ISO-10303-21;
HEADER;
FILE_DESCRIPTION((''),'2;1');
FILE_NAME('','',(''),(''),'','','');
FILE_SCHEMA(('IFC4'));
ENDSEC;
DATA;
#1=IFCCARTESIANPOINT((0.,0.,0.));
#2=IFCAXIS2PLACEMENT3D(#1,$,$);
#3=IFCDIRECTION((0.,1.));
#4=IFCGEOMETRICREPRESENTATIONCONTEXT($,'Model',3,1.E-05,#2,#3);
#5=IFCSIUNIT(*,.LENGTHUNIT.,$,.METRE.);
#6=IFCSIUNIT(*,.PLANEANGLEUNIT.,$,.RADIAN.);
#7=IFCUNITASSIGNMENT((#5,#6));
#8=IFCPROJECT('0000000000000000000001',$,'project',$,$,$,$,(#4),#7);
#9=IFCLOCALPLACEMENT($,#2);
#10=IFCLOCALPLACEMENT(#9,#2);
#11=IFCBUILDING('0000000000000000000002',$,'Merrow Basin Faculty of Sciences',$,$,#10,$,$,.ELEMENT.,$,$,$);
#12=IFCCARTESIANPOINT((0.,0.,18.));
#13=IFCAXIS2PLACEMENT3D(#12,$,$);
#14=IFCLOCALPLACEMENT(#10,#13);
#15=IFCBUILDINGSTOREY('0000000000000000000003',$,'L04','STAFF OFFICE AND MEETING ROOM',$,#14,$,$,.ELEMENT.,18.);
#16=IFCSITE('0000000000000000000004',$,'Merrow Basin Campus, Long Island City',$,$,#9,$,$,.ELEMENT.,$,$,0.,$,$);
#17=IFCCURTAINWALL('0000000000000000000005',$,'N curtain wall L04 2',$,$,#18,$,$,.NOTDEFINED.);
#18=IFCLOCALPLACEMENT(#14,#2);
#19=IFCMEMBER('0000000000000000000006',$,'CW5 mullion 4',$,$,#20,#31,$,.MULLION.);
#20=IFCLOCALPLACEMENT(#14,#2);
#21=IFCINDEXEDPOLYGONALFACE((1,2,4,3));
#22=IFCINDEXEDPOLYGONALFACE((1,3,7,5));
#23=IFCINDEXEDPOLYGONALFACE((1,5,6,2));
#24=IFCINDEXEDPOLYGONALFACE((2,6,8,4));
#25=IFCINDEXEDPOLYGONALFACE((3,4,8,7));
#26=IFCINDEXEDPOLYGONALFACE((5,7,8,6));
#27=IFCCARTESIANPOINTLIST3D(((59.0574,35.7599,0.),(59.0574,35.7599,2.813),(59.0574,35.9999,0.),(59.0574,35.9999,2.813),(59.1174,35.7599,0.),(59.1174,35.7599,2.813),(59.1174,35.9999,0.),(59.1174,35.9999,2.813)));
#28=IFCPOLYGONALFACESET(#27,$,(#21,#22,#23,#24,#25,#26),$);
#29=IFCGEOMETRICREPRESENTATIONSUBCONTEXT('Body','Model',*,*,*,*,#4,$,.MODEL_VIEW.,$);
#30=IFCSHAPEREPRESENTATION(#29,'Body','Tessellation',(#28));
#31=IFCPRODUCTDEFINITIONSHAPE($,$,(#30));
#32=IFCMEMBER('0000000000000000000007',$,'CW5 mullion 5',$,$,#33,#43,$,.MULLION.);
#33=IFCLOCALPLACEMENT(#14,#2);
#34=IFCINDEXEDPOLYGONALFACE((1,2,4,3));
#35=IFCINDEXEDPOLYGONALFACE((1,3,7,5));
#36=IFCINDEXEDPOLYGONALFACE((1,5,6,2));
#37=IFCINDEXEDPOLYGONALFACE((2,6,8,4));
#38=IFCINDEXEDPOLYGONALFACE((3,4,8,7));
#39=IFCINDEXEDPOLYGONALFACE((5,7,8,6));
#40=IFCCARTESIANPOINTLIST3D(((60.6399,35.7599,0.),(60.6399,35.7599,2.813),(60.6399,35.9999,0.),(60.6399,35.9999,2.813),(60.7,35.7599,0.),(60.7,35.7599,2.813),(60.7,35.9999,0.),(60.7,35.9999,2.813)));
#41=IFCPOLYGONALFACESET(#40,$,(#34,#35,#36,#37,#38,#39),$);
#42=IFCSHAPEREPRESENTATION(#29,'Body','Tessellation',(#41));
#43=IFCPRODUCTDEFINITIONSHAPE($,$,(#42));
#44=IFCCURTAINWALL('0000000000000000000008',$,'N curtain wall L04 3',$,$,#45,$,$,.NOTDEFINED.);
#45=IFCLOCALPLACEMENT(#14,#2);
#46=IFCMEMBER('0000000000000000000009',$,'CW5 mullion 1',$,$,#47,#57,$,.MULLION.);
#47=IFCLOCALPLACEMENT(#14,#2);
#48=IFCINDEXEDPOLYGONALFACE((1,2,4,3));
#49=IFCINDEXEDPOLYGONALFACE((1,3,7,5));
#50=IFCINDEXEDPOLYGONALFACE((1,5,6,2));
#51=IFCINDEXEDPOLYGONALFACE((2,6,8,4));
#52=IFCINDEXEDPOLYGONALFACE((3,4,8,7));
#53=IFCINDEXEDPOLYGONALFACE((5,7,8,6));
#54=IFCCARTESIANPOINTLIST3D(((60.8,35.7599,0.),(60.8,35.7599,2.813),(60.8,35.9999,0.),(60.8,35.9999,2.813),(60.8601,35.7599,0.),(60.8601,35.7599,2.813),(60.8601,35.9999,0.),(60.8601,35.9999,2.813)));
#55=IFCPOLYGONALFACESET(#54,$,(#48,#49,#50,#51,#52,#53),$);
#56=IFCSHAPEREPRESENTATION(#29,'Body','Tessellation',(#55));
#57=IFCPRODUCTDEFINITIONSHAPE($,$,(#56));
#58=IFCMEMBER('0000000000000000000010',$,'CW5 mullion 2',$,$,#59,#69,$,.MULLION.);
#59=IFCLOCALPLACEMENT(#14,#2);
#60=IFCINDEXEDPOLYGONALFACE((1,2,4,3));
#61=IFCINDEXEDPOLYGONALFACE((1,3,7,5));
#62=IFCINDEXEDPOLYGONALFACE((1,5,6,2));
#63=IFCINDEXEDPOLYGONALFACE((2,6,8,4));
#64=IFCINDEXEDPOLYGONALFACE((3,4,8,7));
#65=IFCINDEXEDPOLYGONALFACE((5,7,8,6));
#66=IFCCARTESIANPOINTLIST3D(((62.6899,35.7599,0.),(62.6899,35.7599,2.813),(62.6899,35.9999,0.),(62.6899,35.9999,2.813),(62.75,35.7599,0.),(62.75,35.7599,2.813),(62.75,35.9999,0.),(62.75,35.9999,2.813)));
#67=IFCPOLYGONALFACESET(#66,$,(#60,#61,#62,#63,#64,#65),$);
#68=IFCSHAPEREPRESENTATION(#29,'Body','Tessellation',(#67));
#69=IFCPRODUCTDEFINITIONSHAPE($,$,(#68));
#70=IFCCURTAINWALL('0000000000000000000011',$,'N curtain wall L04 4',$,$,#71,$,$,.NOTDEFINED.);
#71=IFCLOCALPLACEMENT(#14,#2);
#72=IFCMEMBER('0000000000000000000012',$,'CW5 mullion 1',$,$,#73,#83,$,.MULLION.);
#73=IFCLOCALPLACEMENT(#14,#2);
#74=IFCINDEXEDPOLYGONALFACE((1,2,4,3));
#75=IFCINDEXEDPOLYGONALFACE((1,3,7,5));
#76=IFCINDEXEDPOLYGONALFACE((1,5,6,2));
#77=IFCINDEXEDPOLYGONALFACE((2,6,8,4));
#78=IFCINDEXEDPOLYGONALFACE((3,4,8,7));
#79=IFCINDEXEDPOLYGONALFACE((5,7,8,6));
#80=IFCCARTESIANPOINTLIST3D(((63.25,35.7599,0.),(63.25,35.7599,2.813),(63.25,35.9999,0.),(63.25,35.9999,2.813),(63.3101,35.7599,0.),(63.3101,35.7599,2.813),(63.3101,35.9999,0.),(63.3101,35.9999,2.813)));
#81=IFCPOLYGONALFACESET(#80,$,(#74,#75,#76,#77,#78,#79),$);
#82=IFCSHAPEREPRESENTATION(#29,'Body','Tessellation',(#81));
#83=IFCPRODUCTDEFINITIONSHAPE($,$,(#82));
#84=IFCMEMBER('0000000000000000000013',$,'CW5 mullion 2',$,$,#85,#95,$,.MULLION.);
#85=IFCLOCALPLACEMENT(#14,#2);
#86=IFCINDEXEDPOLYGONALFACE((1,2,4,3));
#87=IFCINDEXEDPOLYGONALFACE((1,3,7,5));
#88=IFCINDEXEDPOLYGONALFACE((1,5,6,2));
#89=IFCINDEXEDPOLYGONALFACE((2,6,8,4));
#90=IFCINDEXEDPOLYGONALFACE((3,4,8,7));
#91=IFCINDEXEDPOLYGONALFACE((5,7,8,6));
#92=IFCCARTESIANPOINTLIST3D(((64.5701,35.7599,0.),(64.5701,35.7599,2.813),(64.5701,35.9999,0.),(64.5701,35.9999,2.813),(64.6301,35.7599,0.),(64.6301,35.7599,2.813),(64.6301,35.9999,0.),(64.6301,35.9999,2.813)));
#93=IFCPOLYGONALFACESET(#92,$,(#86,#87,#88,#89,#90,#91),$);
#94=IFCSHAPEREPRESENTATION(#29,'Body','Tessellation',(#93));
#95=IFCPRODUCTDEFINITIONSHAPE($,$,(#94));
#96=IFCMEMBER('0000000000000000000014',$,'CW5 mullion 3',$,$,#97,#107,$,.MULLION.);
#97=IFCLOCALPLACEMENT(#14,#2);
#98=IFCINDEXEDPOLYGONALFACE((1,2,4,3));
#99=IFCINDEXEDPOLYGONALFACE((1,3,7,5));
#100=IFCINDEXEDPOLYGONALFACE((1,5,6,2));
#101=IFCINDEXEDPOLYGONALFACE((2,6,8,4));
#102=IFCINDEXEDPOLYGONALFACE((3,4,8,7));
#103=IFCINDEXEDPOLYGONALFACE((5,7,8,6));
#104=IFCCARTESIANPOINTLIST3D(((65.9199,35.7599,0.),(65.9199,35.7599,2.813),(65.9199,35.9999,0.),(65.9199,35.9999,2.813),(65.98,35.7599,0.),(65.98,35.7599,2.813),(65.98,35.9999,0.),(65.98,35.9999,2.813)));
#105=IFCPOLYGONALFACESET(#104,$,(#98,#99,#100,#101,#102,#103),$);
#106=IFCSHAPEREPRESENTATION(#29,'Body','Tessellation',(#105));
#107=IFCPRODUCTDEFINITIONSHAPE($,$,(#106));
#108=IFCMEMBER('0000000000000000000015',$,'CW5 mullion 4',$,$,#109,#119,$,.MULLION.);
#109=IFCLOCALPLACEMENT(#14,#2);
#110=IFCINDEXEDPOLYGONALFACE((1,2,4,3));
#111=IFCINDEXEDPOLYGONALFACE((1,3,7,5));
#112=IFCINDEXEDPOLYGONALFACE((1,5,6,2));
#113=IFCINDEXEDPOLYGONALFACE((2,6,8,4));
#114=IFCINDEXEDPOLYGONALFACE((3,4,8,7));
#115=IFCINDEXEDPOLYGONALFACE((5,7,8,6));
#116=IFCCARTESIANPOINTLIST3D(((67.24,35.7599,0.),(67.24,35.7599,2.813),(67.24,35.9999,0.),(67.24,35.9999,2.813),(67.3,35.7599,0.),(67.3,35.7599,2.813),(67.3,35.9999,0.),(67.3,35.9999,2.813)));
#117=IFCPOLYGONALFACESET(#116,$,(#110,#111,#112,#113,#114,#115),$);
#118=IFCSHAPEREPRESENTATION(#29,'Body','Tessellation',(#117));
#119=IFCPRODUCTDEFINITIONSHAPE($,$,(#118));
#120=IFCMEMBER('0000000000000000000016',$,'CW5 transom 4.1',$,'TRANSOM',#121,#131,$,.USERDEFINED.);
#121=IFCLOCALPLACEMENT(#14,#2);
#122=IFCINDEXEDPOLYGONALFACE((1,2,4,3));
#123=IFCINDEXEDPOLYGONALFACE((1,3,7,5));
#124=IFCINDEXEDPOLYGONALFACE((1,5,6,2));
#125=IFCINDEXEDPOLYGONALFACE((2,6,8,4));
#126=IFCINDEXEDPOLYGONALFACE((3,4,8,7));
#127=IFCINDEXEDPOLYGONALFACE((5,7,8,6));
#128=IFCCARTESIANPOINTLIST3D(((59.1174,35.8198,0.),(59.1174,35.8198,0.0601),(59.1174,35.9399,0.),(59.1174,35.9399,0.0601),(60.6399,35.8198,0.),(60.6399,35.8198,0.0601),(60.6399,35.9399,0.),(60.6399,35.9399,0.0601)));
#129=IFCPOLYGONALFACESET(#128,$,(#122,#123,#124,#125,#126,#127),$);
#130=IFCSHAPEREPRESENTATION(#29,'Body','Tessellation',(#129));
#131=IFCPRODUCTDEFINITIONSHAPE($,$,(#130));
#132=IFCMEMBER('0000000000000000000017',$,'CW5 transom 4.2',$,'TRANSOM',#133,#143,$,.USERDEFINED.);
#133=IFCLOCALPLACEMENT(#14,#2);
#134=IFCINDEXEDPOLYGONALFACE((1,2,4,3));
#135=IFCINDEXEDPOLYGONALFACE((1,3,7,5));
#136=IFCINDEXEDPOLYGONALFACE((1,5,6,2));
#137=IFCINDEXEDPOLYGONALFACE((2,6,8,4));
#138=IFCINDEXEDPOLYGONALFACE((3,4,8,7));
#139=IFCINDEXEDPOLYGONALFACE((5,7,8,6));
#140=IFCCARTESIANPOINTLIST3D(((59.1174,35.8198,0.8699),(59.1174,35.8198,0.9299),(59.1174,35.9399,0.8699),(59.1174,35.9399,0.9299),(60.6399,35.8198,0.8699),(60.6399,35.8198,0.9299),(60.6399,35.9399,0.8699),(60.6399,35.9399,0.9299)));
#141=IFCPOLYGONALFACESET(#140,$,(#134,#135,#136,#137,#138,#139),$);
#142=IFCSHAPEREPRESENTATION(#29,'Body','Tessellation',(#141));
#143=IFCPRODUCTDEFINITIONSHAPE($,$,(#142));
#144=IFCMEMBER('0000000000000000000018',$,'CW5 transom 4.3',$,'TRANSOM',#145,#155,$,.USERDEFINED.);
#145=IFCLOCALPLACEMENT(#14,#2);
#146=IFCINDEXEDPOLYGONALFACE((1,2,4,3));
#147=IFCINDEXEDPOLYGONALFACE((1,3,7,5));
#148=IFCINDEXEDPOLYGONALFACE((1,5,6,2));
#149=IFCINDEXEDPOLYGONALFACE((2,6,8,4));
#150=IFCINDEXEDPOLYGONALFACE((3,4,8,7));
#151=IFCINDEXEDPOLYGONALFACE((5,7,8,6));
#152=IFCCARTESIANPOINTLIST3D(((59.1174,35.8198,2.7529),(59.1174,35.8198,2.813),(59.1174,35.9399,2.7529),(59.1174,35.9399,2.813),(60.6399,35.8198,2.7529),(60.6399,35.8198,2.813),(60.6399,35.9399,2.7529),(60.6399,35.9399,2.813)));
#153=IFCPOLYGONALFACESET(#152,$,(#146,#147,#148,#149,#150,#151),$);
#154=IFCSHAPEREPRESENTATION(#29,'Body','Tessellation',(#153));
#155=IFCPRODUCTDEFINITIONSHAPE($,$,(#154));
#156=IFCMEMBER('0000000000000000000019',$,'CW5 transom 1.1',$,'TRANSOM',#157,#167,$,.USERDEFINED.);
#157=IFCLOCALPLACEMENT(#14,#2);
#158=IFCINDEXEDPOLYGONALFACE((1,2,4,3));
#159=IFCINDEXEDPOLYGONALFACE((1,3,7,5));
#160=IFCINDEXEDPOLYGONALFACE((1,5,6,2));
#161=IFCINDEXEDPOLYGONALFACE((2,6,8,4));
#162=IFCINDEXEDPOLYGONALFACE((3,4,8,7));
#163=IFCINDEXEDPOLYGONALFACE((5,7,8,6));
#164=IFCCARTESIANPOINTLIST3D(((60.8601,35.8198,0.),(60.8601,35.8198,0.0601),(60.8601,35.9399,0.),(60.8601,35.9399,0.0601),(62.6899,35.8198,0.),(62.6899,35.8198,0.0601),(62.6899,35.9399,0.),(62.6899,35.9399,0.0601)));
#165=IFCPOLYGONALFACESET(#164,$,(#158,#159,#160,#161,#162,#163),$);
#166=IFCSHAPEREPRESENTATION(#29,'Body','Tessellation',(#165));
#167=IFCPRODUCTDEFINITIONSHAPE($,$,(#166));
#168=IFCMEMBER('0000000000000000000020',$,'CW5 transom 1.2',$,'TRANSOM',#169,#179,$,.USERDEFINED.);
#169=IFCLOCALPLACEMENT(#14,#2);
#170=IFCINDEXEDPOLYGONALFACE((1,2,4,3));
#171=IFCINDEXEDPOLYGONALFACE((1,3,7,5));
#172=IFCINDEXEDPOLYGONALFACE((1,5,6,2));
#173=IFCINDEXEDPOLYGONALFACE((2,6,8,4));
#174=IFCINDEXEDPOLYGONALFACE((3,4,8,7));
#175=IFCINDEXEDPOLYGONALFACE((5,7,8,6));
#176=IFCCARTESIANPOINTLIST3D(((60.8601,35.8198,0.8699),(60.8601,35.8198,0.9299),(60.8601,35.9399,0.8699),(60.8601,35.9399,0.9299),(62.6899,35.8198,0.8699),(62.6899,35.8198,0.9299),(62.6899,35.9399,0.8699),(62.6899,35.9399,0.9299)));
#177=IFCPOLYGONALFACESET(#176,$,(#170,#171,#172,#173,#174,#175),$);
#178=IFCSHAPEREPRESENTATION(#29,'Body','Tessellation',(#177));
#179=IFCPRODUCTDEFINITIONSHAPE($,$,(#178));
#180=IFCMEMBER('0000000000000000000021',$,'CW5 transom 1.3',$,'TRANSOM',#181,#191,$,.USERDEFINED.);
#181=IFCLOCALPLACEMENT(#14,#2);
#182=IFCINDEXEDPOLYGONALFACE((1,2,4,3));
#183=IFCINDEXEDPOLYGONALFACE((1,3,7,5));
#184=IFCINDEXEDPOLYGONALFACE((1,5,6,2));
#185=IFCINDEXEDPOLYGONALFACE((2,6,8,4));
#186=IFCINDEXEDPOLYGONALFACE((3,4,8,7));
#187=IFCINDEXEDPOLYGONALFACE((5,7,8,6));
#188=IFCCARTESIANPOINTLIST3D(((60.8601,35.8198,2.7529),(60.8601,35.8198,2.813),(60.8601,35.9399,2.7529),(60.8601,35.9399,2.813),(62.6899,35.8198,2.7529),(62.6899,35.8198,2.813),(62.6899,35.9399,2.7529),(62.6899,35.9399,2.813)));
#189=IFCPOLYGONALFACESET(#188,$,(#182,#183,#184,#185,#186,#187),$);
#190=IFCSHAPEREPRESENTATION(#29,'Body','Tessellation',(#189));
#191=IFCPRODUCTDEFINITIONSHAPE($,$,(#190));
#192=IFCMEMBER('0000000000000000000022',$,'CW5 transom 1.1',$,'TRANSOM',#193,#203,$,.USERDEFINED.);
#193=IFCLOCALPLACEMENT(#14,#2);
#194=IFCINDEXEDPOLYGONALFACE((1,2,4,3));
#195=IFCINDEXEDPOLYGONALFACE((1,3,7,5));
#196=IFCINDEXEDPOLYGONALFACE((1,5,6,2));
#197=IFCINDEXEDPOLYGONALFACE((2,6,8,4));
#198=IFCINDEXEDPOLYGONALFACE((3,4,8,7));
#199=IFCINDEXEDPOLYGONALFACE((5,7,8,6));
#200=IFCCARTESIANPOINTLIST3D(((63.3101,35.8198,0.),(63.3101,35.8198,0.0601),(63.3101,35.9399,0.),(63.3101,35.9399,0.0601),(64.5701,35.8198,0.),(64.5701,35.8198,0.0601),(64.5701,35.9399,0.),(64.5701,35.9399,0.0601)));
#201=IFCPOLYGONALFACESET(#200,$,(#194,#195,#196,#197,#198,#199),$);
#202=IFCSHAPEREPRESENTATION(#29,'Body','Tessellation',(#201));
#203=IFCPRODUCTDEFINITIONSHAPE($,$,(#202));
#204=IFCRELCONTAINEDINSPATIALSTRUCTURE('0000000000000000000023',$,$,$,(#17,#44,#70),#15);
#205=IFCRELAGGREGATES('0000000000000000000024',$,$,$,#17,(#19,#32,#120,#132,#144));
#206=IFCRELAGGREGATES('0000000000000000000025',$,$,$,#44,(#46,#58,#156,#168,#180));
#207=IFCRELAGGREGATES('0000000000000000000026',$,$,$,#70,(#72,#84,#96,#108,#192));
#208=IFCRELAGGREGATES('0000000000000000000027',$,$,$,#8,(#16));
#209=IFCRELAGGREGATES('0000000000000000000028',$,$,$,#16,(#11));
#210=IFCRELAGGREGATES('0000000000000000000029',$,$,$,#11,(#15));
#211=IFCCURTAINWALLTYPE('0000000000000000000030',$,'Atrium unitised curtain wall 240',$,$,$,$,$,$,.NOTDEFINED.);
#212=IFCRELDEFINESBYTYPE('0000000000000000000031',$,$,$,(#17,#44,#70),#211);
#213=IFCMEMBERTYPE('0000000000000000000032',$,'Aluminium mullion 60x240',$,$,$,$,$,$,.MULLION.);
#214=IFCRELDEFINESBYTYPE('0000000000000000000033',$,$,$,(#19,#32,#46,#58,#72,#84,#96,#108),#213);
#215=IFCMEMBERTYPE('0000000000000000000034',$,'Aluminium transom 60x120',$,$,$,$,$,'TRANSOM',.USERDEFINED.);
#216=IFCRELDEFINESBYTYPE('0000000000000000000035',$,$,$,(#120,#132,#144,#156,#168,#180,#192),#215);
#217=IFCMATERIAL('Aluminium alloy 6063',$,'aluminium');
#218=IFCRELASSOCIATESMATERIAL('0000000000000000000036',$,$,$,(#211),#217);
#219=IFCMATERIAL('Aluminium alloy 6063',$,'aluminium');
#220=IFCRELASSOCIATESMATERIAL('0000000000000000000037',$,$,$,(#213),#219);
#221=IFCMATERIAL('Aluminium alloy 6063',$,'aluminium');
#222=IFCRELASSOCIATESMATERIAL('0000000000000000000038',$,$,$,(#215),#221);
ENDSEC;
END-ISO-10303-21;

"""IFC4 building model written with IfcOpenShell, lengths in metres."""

from ifc_helpers import new_model, si_unit, direction, frame, origin, origin_2d, place, context, subcontext, project, spatial, rectangle, extrude, material, material_profile, profile_set, type_object, element, aggregate, save


model = new_model("IFC4")

# Units and contexts
model_context = context("Model", 3, precision=1e-05, world=origin(), true_north=direction((0.0, 1.0)))
body_context = subcontext(model_context, "Body", "Model", "MODEL_VIEW")
ifc_project = project(units=[si_unit("LENGTHUNIT", "METRE"), si_unit("PLANEANGLEUNIT", "RADIAN")], contexts=[model_context])

# Site, building, storey
site_placement = place(None, origin())
site = spatial("IfcSite", under=ifc_project, at=site_placement, Name="Merrow Basin Campus, Long Island City", CompositionType="ELEMENT", RefElevation=0.0)
building_placement = place(site_placement, origin())
building = spatial("IfcBuilding", under=site, at=building_placement, Name="Merrow Basin Faculty of Sciences", CompositionType="ELEMENT")
storey_placement = place(building_placement, frame((0.0, 0.0, 18.0)))
storey = spatial("IfcBuildingStorey", under=building, at=storey_placement, Name="L04", Description="STAFF OFFICE AND MEETING ROOM", CompositionType="ELEMENT", Elevation=18.0)

# Curtain walls, members
ifc_material_1 = material(Name="Aluminium alloy 6063", Category="aluminium")
curtain_wall_type = type_object("IfcCurtainWallType", Name="Atrium unitised curtain wall 240", PredefinedType="NOTDEFINED", material=ifc_material_1)
curtain_wall_1_placement = place(storey_placement, origin())
curtain_wall_1 = element("IfcCurtainWall", 1, at=curtain_wall_1_placement, inside=storey, type_object=curtain_wall_type, Name="N curtain wall L04 2", PredefinedType="NOTDEFINED")
ifc_material_2 = material(Name="Aluminium alloy 6063", Category="aluminium")
ifc_material_profile_1 = material_profile(ifc_material_2, rectangle(XDim=0.24, YDim=0.0601, at=origin_2d()))
ifc_profile_set_1 = profile_set([ifc_material_profile_1], Name="Aluminium alloy 6063")
member_type_1 = type_object("IfcMemberType", Name="Aluminium mullion 60x240", PredefinedType="MULLION", material=ifc_profile_set_1)
member_1_placement = place(storey_placement, frame((59.0874, 35.8799, 0.0), z_axis=(0.0, 0.0, 1.0), x_axis=(0.0, 1.0, 0.0)))
member_1 = element("IfcMember", 2, at=member_1_placement, type_object=member_type_1, Name="CW5 mullion 4", PredefinedType="MULLION", context=body_context, shape_type="SweptSolid", body=[
    extrude(rectangle(XDim=0.24, YDim=0.0601, at=origin_2d()), origin(), (0.0, 0.0, 1.0), 2.813),
])
member_2_placement = place(storey_placement, frame((60.6699, 35.8799, 0.0), z_axis=(0.0, 0.0, 1.0), x_axis=(0.0, 1.0, 0.0)))
member_2 = element("IfcMember", 3, at=member_2_placement, type_object=member_type_1, Name="CW5 mullion 5", PredefinedType="MULLION", context=body_context, shape_type="SweptSolid", body=[
    extrude(rectangle(XDim=0.24, YDim=0.0601, at=origin_2d()), origin(), (0.0, 0.0, 1.0), 2.813),
])
curtain_wall_2_placement = place(storey_placement, origin())
curtain_wall_2 = element("IfcCurtainWall", 4, at=curtain_wall_2_placement, inside=storey, type_object=curtain_wall_type, Name="N curtain wall L04 3", PredefinedType="NOTDEFINED")
member_3_placement = place(storey_placement, frame((60.8301, 35.8799, 0.0), z_axis=(0.0, 0.0, 1.0), x_axis=(0.0, 1.0, 0.0)))
member_3 = element("IfcMember", 5, at=member_3_placement, type_object=member_type_1, Name="CW5 mullion 1", PredefinedType="MULLION", context=body_context, shape_type="SweptSolid", body=[
    extrude(rectangle(XDim=0.24, YDim=0.0601, at=origin_2d()), origin(), (0.0, 0.0, 1.0), 2.813),
])
member_4_placement = place(storey_placement, frame((62.72, 35.8799, 0.0), z_axis=(0.0, 0.0, 1.0), x_axis=(0.0, 1.0, 0.0)))
member_4 = element("IfcMember", 6, at=member_4_placement, type_object=member_type_1, Name="CW5 mullion 2", PredefinedType="MULLION", context=body_context, shape_type="SweptSolid", body=[
    extrude(rectangle(XDim=0.24, YDim=0.0601, at=origin_2d()), origin(), (0.0, 0.0, 1.0), 2.813),
])
curtain_wall_3_placement = place(storey_placement, origin())
curtain_wall_3 = element("IfcCurtainWall", 7, at=curtain_wall_3_placement, inside=storey, type_object=curtain_wall_type, Name="N curtain wall L04 4", PredefinedType="NOTDEFINED")
member_5_placement = place(storey_placement, frame((63.28, 35.8799, 0.0), z_axis=(0.0, 0.0, 1.0), x_axis=(0.0, 1.0, 0.0)))
member_5 = element("IfcMember", 8, at=member_5_placement, type_object=member_type_1, Name="CW5 mullion 1", PredefinedType="MULLION", context=body_context, shape_type="SweptSolid", body=[
    extrude(rectangle(XDim=0.24, YDim=0.0601, at=origin_2d()), origin(), (0.0, 0.0, 1.0), 2.813),
])
member_6_placement = place(storey_placement, frame((64.6001, 35.8799, 0.0), z_axis=(0.0, 0.0, 1.0), x_axis=(0.0, 1.0, 0.0)))
member_6 = element("IfcMember", 9, at=member_6_placement, type_object=member_type_1, Name="CW5 mullion 2", PredefinedType="MULLION", context=body_context, shape_type="SweptSolid", body=[
    extrude(rectangle(XDim=0.24, YDim=0.0601, at=origin_2d()), origin(), (0.0, 0.0, 1.0), 2.813),
])
member_7_placement = place(storey_placement, frame((65.95, 35.8799, 0.0), z_axis=(0.0, 0.0, 1.0), x_axis=(0.0, 1.0, 0.0)))
member_7 = element("IfcMember", 10, at=member_7_placement, type_object=member_type_1, Name="CW5 mullion 3", PredefinedType="MULLION", context=body_context, shape_type="SweptSolid", body=[
    extrude(rectangle(XDim=0.24, YDim=0.0601, at=origin_2d()), origin(), (0.0, 0.0, 1.0), 2.813),
])
member_8_placement = place(storey_placement, frame((67.27, 35.8799, 0.0), z_axis=(0.0, 0.0, 1.0), x_axis=(0.0, 1.0, 0.0)))
member_8 = element("IfcMember", 11, at=member_8_placement, type_object=member_type_1, Name="CW5 mullion 4", PredefinedType="MULLION", context=body_context, shape_type="SweptSolid", body=[
    extrude(rectangle(XDim=0.24, YDim=0.0601, at=origin_2d()), origin(), (0.0, 0.0, 1.0), 2.813),
])

# Members
ifc_material_3 = material(Name="Aluminium alloy 6063", Category="aluminium")
ifc_material_profile_2 = material_profile(ifc_material_3, rectangle(XDim=0.1201, YDim=0.0601, at=origin_2d()))
ifc_profile_set_2 = profile_set([ifc_material_profile_2], Name="Aluminium alloy 6063")
member_type_2 = type_object("IfcMemberType", Name="Aluminium transom 60x120", ElementType="TRANSOM", PredefinedType="USERDEFINED", material=ifc_profile_set_2)
member_9_placement = place(storey_placement, frame((59.1174, 35.8799, 0.03), z_axis=(1.0, 0.0, 0.0), x_axis=(0.0, 1.0, 0.0)))
member_9 = element("IfcMember", 12, at=member_9_placement, type_object=member_type_2, Name="CW5 transom 4.1", ObjectType="TRANSOM", PredefinedType="USERDEFINED", context=body_context, shape_type="SweptSolid", body=[
    extrude(rectangle(XDim=0.1201, YDim=0.0601, at=origin_2d()), origin(), (0.0, 0.0, 1.0), 1.5225),
])
member_10_placement = place(storey_placement, frame((59.1174, 35.8799, 0.8999), z_axis=(1.0, 0.0, 0.0), x_axis=(0.0, 1.0, 0.0)))
member_10 = element("IfcMember", 13, at=member_10_placement, type_object=member_type_2, Name="CW5 transom 4.2", ObjectType="TRANSOM", PredefinedType="USERDEFINED", context=body_context, shape_type="SweptSolid", body=[
    extrude(rectangle(XDim=0.1201, YDim=0.0601, at=origin_2d()), origin(), (0.0, 0.0, 1.0), 1.5225),
])
member_11_placement = place(storey_placement, frame((59.1174, 35.8799, 2.783), z_axis=(1.0, 0.0, 0.0), x_axis=(0.0, 1.0, 0.0)))
member_11 = element("IfcMember", 14, at=member_11_placement, type_object=member_type_2, Name="CW5 transom 4.3", ObjectType="TRANSOM", PredefinedType="USERDEFINED", context=body_context, shape_type="SweptSolid", body=[
    extrude(rectangle(XDim=0.1201, YDim=0.0601, at=origin_2d()), origin(), (0.0, 0.0, 1.0), 1.5225),
])
member_12_placement = place(storey_placement, frame((60.8601, 35.8799, 0.03), z_axis=(1.0, 0.0, 0.0), x_axis=(0.0, 1.0, 0.0)))
member_12 = element("IfcMember", 15, at=member_12_placement, type_object=member_type_2, Name="CW5 transom 1.1", ObjectType="TRANSOM", PredefinedType="USERDEFINED", context=body_context, shape_type="SweptSolid", body=[
    extrude(rectangle(XDim=0.1201, YDim=0.0601, at=origin_2d()), origin(), (0.0, 0.0, 1.0), 1.8298),
])
member_13_placement = place(storey_placement, frame((60.8601, 35.8799, 0.8999), z_axis=(1.0, 0.0, 0.0), x_axis=(0.0, 1.0, 0.0)))
member_13 = element("IfcMember", 16, at=member_13_placement, type_object=member_type_2, Name="CW5 transom 1.2", ObjectType="TRANSOM", PredefinedType="USERDEFINED", context=body_context, shape_type="SweptSolid", body=[
    extrude(rectangle(XDim=0.1201, YDim=0.0601, at=origin_2d()), origin(), (0.0, 0.0, 1.0), 1.8298),
])
member_14_placement = place(storey_placement, frame((60.8601, 35.8799, 2.783), z_axis=(1.0, 0.0, 0.0), x_axis=(0.0, 1.0, 0.0)))
member_14 = element("IfcMember", 17, at=member_14_placement, type_object=member_type_2, Name="CW5 transom 1.3", ObjectType="TRANSOM", PredefinedType="USERDEFINED", context=body_context, shape_type="SweptSolid", body=[
    extrude(rectangle(XDim=0.1201, YDim=0.0601, at=origin_2d()), origin(), (0.0, 0.0, 1.0), 1.8298),
])
member_15_placement = place(storey_placement, frame((63.3101, 35.8799, 0.03), z_axis=(1.0, 0.0, 0.0), x_axis=(0.0, 1.0, 0.0)))
member_15 = element("IfcMember", 18, at=member_15_placement, type_object=member_type_2, Name="CW5 transom 1.1", ObjectType="TRANSOM", PredefinedType="USERDEFINED", context=body_context, shape_type="SweptSolid", body=[
    extrude(rectangle(XDim=0.1201, YDim=0.0601, at=origin_2d()), origin(), (0.0, 0.0, 1.0), 1.26),
])

aggregate(curtain_wall_1, [member_1, member_2, member_9, member_10, member_11])
aggregate(curtain_wall_2, [member_3, member_4, member_12, member_13, member_14])
aggregate(curtain_wall_3, [member_5, member_6, member_7, member_8, member_15])

save(model, "model.ifc")
